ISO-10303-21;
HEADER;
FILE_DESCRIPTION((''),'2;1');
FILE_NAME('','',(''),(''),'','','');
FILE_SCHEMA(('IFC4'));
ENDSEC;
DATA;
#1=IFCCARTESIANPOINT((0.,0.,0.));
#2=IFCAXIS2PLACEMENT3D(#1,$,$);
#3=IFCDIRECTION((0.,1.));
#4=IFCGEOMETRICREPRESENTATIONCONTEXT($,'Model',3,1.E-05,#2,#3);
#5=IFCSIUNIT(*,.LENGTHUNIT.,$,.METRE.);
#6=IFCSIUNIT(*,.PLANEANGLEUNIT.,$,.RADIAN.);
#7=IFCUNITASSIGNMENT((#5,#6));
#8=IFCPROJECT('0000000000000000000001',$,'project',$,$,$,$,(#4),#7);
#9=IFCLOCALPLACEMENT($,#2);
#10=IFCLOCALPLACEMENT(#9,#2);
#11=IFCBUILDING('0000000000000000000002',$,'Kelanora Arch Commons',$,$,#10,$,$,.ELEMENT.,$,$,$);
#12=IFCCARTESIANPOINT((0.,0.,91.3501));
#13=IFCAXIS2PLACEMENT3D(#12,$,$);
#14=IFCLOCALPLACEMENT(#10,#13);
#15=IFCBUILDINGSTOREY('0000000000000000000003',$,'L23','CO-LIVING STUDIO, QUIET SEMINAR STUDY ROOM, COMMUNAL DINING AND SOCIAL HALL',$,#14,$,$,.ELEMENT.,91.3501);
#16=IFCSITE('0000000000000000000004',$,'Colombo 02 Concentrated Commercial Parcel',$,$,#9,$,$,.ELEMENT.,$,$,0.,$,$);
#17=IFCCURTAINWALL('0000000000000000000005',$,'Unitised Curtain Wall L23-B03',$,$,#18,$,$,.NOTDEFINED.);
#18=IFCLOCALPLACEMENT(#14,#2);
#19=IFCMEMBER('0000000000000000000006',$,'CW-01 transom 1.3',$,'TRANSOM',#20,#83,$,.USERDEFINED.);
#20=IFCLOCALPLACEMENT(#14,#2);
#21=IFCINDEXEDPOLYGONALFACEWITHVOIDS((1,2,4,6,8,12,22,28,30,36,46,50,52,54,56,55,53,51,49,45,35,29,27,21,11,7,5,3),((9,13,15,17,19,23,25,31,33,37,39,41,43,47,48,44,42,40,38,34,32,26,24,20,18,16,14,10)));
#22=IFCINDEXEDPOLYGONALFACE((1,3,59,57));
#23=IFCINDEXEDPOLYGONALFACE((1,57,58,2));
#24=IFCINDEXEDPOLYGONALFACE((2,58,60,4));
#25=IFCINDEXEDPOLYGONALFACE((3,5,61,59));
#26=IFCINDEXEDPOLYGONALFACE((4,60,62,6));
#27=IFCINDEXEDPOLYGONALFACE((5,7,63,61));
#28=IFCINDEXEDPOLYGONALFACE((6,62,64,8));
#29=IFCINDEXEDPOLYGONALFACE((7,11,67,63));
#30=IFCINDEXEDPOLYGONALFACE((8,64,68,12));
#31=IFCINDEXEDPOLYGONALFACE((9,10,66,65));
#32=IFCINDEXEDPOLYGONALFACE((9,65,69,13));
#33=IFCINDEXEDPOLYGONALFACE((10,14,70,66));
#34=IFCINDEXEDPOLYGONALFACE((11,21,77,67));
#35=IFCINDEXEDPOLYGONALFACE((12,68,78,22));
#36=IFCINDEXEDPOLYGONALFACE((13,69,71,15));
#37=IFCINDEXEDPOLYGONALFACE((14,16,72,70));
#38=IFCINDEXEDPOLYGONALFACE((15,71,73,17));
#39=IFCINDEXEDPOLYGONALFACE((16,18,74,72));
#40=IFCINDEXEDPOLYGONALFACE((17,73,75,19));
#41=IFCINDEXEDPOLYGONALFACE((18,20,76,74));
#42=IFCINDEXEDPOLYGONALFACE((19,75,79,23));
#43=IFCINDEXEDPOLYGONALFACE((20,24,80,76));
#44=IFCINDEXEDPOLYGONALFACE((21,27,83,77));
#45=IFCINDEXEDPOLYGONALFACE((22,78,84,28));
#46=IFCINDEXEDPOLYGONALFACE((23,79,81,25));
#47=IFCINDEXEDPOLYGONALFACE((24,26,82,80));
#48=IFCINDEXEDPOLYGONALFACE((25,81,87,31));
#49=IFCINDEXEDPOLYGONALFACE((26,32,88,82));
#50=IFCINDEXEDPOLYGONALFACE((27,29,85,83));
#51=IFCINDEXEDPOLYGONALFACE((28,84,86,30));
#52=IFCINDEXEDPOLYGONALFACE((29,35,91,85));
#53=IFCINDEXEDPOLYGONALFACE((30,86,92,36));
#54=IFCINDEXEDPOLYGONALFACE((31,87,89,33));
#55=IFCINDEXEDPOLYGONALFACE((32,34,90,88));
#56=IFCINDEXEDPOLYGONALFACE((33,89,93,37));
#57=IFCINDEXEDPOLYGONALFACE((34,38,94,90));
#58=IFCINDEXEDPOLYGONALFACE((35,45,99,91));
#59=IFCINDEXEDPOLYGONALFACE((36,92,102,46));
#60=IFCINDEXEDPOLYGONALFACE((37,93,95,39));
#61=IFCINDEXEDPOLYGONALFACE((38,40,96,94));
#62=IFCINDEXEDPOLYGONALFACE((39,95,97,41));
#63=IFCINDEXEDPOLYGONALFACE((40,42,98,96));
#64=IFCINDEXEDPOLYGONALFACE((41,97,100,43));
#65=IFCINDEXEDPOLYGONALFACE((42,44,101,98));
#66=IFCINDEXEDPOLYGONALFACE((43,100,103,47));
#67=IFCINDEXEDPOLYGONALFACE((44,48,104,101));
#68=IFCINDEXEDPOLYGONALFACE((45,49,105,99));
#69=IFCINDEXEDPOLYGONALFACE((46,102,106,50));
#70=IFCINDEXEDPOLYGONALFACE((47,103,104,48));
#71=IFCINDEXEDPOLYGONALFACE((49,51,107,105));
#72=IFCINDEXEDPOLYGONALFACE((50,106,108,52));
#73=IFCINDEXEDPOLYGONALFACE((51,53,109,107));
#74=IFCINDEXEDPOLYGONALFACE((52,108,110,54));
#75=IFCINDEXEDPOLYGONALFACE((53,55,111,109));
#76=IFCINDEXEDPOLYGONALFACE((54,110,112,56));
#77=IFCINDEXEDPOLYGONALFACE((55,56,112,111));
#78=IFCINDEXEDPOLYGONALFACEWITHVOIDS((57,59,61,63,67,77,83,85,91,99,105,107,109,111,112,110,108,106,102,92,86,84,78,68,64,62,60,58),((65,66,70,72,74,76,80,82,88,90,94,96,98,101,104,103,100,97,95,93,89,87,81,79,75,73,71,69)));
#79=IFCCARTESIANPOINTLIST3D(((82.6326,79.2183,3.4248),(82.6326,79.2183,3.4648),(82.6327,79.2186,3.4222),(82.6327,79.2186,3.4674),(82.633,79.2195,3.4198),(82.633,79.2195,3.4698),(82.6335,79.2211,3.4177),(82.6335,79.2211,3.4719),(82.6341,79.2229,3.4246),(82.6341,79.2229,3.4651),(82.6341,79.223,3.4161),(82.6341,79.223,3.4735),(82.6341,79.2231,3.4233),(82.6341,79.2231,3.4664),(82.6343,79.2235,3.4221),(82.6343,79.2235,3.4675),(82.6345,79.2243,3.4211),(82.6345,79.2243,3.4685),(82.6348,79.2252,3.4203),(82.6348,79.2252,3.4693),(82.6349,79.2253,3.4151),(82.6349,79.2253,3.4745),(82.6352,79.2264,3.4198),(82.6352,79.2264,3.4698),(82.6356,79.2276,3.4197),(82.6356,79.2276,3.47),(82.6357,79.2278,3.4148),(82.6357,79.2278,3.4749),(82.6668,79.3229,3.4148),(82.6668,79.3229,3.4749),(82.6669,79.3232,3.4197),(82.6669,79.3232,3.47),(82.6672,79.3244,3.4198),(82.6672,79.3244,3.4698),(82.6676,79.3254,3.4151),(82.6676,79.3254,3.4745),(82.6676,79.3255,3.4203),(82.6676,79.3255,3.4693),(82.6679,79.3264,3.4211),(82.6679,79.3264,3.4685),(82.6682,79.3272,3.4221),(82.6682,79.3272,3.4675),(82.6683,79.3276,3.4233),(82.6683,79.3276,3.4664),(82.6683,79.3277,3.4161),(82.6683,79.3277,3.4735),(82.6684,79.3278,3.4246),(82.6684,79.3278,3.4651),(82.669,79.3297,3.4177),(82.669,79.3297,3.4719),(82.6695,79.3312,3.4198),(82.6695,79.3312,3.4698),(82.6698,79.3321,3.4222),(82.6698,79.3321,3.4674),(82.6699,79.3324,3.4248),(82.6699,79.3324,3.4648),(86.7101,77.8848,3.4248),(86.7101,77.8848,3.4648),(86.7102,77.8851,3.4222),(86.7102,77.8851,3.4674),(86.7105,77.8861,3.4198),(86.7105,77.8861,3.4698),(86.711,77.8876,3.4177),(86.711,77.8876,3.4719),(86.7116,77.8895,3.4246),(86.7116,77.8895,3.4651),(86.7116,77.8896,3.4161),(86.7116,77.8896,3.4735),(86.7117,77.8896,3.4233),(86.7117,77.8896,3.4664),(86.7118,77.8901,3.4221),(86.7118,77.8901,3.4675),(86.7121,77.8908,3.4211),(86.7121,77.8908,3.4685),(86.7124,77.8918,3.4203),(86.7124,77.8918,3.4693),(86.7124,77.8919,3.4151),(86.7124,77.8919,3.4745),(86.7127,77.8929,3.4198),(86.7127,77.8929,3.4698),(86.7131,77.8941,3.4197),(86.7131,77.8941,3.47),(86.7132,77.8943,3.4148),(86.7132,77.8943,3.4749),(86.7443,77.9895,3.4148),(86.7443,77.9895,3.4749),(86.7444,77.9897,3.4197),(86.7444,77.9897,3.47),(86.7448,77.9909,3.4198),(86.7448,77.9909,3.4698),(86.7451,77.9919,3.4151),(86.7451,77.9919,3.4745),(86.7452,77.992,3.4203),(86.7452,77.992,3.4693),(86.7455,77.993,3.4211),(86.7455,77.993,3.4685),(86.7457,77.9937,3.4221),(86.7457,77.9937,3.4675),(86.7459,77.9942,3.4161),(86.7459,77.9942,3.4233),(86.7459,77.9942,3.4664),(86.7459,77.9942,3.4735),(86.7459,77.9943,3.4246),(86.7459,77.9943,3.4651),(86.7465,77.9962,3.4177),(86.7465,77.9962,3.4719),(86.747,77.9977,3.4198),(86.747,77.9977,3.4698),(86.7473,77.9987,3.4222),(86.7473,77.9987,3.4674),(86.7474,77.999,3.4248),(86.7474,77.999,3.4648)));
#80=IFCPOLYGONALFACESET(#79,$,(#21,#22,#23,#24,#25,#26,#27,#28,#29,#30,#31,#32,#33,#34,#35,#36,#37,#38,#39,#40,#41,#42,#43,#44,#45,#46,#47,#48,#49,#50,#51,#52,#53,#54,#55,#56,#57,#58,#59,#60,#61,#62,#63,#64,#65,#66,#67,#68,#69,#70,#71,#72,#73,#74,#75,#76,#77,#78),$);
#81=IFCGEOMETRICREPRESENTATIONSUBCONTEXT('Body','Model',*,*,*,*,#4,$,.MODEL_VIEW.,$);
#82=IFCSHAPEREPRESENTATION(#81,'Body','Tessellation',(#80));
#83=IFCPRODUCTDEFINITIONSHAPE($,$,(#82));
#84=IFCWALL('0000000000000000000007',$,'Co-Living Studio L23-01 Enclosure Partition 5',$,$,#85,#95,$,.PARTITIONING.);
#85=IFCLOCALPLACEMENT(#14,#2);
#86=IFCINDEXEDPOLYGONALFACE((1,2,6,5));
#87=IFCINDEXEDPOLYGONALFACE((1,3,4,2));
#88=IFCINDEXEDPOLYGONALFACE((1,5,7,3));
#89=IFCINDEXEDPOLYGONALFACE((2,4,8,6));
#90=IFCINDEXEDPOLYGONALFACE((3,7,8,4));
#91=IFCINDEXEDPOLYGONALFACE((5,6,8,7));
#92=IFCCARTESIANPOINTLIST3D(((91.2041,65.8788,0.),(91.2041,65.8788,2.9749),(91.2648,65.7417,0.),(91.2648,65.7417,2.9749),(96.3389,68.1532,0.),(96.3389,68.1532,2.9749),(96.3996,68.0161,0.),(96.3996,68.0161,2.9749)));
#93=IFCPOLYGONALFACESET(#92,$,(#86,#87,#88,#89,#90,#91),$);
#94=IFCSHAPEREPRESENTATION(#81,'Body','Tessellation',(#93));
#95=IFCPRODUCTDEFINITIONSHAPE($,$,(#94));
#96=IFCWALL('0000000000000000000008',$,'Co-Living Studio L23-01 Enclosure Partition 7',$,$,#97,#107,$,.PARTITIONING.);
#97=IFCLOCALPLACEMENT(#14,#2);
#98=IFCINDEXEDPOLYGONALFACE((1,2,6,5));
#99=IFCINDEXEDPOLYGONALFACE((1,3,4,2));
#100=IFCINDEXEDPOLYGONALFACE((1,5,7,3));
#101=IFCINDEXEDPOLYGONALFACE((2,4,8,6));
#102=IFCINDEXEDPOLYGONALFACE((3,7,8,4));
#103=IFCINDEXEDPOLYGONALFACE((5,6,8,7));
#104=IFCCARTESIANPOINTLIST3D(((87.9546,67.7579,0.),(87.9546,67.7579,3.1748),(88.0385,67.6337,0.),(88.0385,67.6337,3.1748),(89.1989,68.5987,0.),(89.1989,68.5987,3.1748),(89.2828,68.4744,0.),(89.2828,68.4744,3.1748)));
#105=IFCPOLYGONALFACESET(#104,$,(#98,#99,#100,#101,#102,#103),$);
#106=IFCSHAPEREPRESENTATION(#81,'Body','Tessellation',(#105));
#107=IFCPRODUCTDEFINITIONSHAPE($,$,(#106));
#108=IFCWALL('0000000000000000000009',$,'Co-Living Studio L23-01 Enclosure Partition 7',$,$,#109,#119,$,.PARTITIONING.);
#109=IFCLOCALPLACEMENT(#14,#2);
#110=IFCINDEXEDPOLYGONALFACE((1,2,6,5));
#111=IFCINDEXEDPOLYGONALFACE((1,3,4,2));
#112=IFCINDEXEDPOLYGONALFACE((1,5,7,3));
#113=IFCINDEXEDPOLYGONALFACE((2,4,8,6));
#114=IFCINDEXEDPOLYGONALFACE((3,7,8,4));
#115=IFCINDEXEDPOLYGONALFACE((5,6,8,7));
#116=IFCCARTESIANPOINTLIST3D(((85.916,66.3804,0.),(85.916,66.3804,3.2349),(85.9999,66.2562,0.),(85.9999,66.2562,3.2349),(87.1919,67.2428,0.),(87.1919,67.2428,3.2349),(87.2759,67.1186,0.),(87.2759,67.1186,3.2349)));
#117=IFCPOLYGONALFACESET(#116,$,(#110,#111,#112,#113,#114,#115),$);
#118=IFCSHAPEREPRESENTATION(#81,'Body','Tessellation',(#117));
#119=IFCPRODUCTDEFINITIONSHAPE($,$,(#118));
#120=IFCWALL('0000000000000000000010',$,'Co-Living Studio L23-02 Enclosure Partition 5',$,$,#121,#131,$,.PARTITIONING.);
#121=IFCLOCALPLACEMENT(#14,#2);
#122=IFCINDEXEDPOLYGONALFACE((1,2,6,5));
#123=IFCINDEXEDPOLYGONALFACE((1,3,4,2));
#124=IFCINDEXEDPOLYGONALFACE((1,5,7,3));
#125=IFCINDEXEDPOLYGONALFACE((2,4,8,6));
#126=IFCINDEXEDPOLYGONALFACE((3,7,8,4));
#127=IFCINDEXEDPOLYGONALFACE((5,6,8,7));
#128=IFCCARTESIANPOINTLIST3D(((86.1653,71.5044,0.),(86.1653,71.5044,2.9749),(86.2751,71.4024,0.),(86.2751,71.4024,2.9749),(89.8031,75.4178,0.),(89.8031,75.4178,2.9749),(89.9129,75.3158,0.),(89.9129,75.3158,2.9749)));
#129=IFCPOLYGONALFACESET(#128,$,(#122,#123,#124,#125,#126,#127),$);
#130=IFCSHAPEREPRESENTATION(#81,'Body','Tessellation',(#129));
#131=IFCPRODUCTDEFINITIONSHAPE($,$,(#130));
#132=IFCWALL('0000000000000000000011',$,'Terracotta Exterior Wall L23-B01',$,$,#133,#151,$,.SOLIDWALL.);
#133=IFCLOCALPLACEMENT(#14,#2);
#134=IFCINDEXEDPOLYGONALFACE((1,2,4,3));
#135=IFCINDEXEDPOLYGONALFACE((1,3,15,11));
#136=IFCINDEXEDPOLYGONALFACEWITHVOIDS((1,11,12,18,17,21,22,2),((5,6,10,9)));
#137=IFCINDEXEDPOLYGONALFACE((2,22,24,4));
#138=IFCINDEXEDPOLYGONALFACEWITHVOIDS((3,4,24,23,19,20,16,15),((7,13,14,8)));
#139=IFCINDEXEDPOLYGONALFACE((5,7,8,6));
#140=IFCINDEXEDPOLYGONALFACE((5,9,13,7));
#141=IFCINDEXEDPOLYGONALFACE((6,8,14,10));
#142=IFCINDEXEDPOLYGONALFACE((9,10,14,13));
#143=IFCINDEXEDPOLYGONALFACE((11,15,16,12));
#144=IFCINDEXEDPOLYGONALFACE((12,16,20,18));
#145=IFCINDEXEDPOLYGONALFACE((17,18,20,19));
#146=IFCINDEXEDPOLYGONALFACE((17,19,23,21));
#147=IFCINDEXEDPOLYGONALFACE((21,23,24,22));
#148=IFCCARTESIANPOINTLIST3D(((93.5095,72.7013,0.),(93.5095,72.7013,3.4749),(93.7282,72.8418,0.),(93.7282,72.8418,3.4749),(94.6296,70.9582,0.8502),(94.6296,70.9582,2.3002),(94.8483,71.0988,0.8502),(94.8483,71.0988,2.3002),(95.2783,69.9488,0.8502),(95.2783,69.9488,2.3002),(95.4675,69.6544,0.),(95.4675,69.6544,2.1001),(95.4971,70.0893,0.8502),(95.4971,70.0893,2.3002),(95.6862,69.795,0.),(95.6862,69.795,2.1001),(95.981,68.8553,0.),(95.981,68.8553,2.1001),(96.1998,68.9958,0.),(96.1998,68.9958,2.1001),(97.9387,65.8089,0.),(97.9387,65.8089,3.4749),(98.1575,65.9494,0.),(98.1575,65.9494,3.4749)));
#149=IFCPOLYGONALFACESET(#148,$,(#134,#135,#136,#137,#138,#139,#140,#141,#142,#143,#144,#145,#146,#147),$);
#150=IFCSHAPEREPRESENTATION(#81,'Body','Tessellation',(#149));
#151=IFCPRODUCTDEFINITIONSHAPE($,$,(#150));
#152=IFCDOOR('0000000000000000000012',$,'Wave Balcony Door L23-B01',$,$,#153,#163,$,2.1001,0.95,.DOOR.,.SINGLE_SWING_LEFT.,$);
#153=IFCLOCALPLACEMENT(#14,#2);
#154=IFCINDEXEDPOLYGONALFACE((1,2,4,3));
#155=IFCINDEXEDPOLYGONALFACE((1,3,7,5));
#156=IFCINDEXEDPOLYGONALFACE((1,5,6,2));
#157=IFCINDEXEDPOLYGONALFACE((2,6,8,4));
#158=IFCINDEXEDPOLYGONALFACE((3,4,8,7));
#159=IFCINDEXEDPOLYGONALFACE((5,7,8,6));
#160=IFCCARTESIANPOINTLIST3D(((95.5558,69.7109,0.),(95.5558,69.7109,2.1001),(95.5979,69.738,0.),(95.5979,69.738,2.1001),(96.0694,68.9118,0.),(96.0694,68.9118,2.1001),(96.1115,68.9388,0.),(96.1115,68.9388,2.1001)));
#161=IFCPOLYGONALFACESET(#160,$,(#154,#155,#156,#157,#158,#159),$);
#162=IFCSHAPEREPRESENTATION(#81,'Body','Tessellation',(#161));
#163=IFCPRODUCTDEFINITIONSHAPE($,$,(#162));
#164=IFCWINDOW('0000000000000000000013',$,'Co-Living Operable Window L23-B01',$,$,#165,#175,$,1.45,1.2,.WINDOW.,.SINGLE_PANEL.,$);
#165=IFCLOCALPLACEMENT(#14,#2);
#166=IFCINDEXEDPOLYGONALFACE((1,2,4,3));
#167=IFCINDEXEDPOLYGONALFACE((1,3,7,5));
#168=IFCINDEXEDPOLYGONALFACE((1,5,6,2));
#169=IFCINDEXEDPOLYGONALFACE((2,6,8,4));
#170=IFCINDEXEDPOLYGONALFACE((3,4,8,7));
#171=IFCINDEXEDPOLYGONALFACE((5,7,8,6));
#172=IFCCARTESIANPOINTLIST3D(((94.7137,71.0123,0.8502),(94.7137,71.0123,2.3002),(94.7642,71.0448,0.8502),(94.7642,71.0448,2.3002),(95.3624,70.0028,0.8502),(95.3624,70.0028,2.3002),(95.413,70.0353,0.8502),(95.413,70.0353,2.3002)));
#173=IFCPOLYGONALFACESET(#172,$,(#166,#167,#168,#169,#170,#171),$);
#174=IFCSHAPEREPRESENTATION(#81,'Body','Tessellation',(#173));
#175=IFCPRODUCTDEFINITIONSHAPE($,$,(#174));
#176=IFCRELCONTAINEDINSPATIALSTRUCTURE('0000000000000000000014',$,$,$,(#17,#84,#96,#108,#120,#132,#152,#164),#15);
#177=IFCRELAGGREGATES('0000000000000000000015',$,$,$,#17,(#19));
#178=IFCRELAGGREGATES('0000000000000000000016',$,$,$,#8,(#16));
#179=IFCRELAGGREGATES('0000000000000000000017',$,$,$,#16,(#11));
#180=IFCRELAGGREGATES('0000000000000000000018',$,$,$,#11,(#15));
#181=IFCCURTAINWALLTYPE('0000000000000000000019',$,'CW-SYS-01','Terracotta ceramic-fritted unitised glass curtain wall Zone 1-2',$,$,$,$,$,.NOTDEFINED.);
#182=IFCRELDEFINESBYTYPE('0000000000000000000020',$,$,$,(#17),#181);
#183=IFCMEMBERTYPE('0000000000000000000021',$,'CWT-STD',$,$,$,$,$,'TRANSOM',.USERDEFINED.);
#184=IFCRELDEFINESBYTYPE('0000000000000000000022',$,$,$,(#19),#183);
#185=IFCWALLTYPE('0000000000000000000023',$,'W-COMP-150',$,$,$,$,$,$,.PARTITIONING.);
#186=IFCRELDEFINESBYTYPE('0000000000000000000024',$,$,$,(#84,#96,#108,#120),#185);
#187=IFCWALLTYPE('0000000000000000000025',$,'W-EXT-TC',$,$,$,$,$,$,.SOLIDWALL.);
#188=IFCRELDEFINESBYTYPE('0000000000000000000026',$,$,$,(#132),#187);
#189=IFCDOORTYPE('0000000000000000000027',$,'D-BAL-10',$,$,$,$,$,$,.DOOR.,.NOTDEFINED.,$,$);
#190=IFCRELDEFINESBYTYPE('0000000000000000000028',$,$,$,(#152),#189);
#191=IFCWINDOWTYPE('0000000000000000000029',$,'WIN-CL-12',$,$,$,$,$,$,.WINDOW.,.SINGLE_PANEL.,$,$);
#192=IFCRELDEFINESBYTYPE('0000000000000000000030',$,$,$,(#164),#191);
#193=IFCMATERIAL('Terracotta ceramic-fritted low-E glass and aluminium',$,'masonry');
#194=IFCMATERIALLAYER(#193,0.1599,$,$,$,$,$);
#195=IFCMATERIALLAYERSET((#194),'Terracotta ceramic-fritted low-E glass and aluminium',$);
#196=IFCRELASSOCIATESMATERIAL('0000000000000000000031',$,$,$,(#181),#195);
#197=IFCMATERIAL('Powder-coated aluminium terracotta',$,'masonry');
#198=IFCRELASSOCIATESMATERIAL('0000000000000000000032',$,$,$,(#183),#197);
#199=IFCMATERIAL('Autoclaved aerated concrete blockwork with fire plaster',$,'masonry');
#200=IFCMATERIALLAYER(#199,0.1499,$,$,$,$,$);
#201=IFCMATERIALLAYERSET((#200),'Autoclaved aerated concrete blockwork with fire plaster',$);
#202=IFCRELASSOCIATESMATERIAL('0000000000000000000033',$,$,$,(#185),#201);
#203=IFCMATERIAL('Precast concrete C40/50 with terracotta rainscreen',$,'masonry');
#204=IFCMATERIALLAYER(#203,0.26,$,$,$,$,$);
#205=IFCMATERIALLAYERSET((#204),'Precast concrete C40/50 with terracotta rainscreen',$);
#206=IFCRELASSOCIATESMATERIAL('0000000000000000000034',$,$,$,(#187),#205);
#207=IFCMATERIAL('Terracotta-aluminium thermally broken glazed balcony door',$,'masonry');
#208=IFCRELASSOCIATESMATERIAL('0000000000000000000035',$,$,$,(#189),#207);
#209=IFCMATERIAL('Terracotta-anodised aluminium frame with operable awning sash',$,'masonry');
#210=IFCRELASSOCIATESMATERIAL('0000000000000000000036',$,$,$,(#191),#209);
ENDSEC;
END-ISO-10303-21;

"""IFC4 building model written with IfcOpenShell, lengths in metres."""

from ifc_helpers import new_model, si_unit, direction, frame, frame_2d, origin, origin_2d, place, context, subcontext, project, spatial, rectangle, hollow_rectangle, extrude, material, layer, layer_set, material_profile, profile_set, type_object, element, fill, aggregate, save


model = new_model("IFC4")

# Units and contexts
model_context = context("Model", 3, precision=1e-05, world=origin(), true_north=direction((0.0, 1.0)))
body_context = subcontext(model_context, "Body", "Model", "MODEL_VIEW")
ifc_project = project(units=[si_unit("LENGTHUNIT", "METRE"), si_unit("PLANEANGLEUNIT", "RADIAN")], contexts=[model_context])

# Site, building, storey
site_placement = place(None, origin())
site = spatial("IfcSite", under=ifc_project, at=site_placement, Name="Colombo 02 Concentrated Commercial Parcel", CompositionType="ELEMENT", RefElevation=0.0)
building_placement = place(site_placement, origin())
building = spatial("IfcBuilding", under=site, at=building_placement, Name="Kelanora Arch Commons", CompositionType="ELEMENT")
storey_placement = place(building_placement, frame((0.0, 0.0, 91.3501)))
storey = spatial("IfcBuildingStorey", under=building, at=storey_placement, Name="L23", Description="CO-LIVING STUDIO, QUIET SEMINAR STUDY ROOM, COMMUNAL DINING AND SOCIAL HALL", CompositionType="ELEMENT", Elevation=91.3501)

# Shared definitions
ifc_material_1 = material(Name="Terracotta ceramic-fritted low-E glass and aluminium", Category="masonry")
ifc_layer_1 = layer(ifc_material_1, 0.1599)
ifc_layer_set_1 = layer_set([ifc_layer_1], Name="Terracotta ceramic-fritted low-E glass and aluminium")
curtain_wall_type = type_object("IfcCurtainWallType", Name="CW-SYS-01", Description="Terracotta ceramic-fritted unitised glass curtain wall Zone 1-2", PredefinedType="NOTDEFINED", material=ifc_layer_set_1)
ifc_material_2 = material(Name="Powder-coated aluminium terracotta", Category="masonry")

# Curtain wall, member
curtain_wall_1_placement = place(storey_placement, origin())
curtain_wall_1 = element("IfcCurtainWall", 1, at=curtain_wall_1_placement, inside=storey, type_object=curtain_wall_type, Name="Unitised Curtain Wall L23-B03", PredefinedType="NOTDEFINED")
ifc_material_profile_1 = material_profile(ifc_material_2, hollow_rectangle(XDim=0.1201, YDim=0.0601, WallThickness=0.0049, InnerFilletRadius=0.0049, OuterFilletRadius=0.01, at=origin_2d()), Name="CWT120x60")
ifc_profile_set_1 = profile_set([ifc_material_profile_1], Name="Powder-coated aluminium terracotta")
member_type_1 = type_object("IfcMemberType", Name="CWT-STD", ElementType="TRANSOM", PredefinedType="USERDEFINED", material=ifc_profile_set_1)
member_1_placement = place(storey_placement, frame((86.7288, 77.9419, 3.4448), z_axis=(-0.950466, 0.310828, 0.0), x_axis=(-0.310828, -0.950466, 0.0)))
member_1 = element("IfcMember", 2, at=member_1_placement, type_object=member_type_1, Name="CW-01 transom 1.3", ObjectType="TRANSOM", PredefinedType="USERDEFINED", context=body_context, shape_type="SweptSolid", body=[
    extrude(hollow_rectangle(XDim=0.1201, YDim=0.0601, WallThickness=0.0049, InnerFilletRadius=0.0049, OuterFilletRadius=0.01, at=origin_2d()), origin(), (0.0, 0.0, 1.0), 4.29),
])
aggregate(curtain_wall_1, [member_1])

# Walls
ifc_material_3 = material(Name="Autoclaved aerated concrete blockwork with fire plaster", Category="masonry")
ifc_layer_2 = layer(ifc_material_3, 0.1499)
ifc_layer_set_2 = layer_set([ifc_layer_2], Name="Autoclaved aerated concrete blockwork with fire plaster")
wall_type_1 = type_object("IfcWallType", Name="W-COMP-150", PredefinedType="PARTITIONING", material=ifc_layer_set_2)
wall_1_placement = place(storey_placement, frame((96.3694, 68.0847, 0.0), z_axis=(0.0, 0.0, 1.0), x_axis=(-0.91432, -0.404993, 0.0)))
element("IfcWall", 3, at=wall_1_placement, inside=storey, type_object=wall_type_1, Name="Co-Living Studio L23-01 Enclosure Partition 5", PredefinedType="PARTITIONING", context=body_context, shape_type="SweptSolid", body=[
    extrude(rectangle(XDim=5.616, YDim=0.1499, at=frame_2d((2.8081, 0.0))), origin(), (0.0, 0.0, 1.0), 2.9749),
])
wall_2_placement = place(storey_placement, frame((89.241, 68.5366, 0.0), z_axis=(0.0, 0.0, 1.0), x_axis=(-0.828583, -0.559866, 0.0)))
element("IfcWall", 4, at=wall_2_placement, inside=storey, type_object=wall_type_1, Name="Co-Living Studio L23-01 Enclosure Partition 7", PredefinedType="PARTITIONING", context=body_context, shape_type="SweptSolid", body=[
    extrude(rectangle(XDim=1.5017, YDim=0.1499, at=frame_2d((0.751, 0.0))), origin(), (0.0, 0.0, 1.0), 3.1748),
])
wall_3_placement = place(storey_placement, frame((87.2339, 67.1807, 0.0), z_axis=(0.0, 0.0, 1.0), x_axis=(-0.828521, -0.559957, 0.0)))
element("IfcWall", 5, at=wall_3_placement, inside=storey, type_object=wall_type_1, Name="Co-Living Studio L23-01 Enclosure Partition 7", PredefinedType="PARTITIONING", context=body_context, shape_type="SweptSolid", body=[
    extrude(rectangle(XDim=1.54, YDim=0.1499, at=frame_2d((0.77, 0.0))), origin(), (0.0, 0.0, 1.0), 3.2349),
])
wall_4_placement = place(storey_placement, frame((89.8579, 75.3667, 0.0), z_axis=(0.0, 0.0, 1.0), x_axis=(-0.680842, -0.73243, 0.0)))
element("IfcWall", 6, at=wall_4_placement, inside=storey, type_object=wall_type_1, Name="Co-Living Studio L23-02 Enclosure Partition 5", PredefinedType="PARTITIONING", context=body_context, shape_type="SweptSolid", body=[
    extrude(rectangle(XDim=5.343, YDim=0.1499, at=frame_2d((2.6714, 0.0))), origin(), (0.0, 0.0, 1.0), 2.9749),
])

# Wall, openings, door, window
ifc_material_4 = material(Name="Precast concrete C40/50 with terracotta rainscreen", Category="masonry")
ifc_layer_3 = layer(ifc_material_4, 0.26)
ifc_layer_set_3 = layer_set([ifc_layer_3], Name="Precast concrete C40/50 with terracotta rainscreen")
wall_type_2 = type_object("IfcWallType", Name="W-EXT-TC", PredefinedType="SOLIDWALL", material=ifc_layer_set_3)
wall_5_placement = place(storey_placement, frame((98.0481, 65.8792, 0.0), z_axis=(0.0, 0.0, 1.0), x_axis=(-0.540621, 0.841267, 0.0)))
wall_5 = element("IfcWall", 7, at=wall_5_placement, inside=storey, type_object=wall_type_2, Name="Terracotta Exterior Wall L23-B01", PredefinedType="SOLIDWALL", context=body_context, shape_type="SweptSolid", body=[
    extrude(rectangle(XDim=8.1929, YDim=0.26, at=frame_2d((4.0964, 0.0))), origin(), (0.0, 0.0, 1.0), 3.4749),
])
opening_1_placement = place(wall_5_placement, frame((3.6211, 0.0, 0.0)))
opening_1 = element("IfcOpeningElement", 8, at=opening_1_placement, cuts=wall_5, PredefinedType="OPENING", context=body_context, shape_type="SweptSolid", body=[
    extrude(rectangle(XDim=0.95, YDim=2.1001, at=frame_2d((0.4751, 1.05))), frame((0.0, 0.1401, 0.0), z_axis=(0.0, -1.0, 0.0), x_axis=(1.0, 0.0, 0.0)), (0.0, 0.0, 1.0), 0.28),
])
opening_2_placement = place(wall_5_placement, frame((4.9209, 0.0, 0.8501)))
opening_2 = element("IfcOpeningElement", 9, at=opening_2_placement, cuts=wall_5, PredefinedType="OPENING", context=body_context, shape_type="SweptSolid", body=[
    extrude(rectangle(XDim=1.2, YDim=1.45, at=frame_2d((0.6001, 0.7251))), frame((0.0, 0.1401, 0.0), z_axis=(0.0, -1.0, 0.0), x_axis=(1.0, 0.0, 0.0)), (0.0, 0.0, 1.0), 0.28),
])
ifc_material_5 = material(Name="Terracotta-aluminium thermally broken glazed balcony door", Category="masonry")
door_type = type_object("IfcDoorType", Name="D-BAL-10", OperationType="NOTDEFINED", PredefinedType="DOOR", material=ifc_material_5)
door_1_placement = place(opening_1_placement, frame((0.95, 0.0, 0.0), z_axis=(0.0, 0.0, 1.0), x_axis=(-1.0, 0.0, 0.0)))
door_1 = element("IfcDoor", 10, at=door_1_placement, inside=storey, type_object=door_type, Name="Wave Balcony Door L23-B01", OperationType="SINGLE_SWING_LEFT", OverallHeight=2.1001, OverallWidth=0.95, PredefinedType="DOOR", context=body_context, shape_type="SweptSolid", body=[
    extrude(rectangle(XDim=0.95, YDim=2.1001, at=frame_2d((0.4751, 1.05))), frame((0.0, 0.0249, 0.0), z_axis=(0.0, -1.0, 0.0), x_axis=(1.0, 0.0, 0.0)), (0.0, 0.0, 1.0), 0.05),
])
fill(opening_1, door_1)
ifc_material_6 = material(Name="Terracotta-anodised aluminium frame with operable awning sash", Category="masonry")
window_type = type_object("IfcWindowType", Name="WIN-CL-12", PartitioningType="SINGLE_PANEL", PredefinedType="WINDOW", material=ifc_material_6)
window_1_placement = place(opening_2_placement, origin())
window_1 = element("IfcWindow", 11, at=window_1_placement, inside=storey, type_object=window_type, Name="Co-Living Operable Window L23-B01", OverallHeight=1.45, OverallWidth=1.2, PartitioningType="SINGLE_PANEL", PredefinedType="WINDOW", context=body_context, shape_type="SweptSolid", body=[
    extrude(rectangle(XDim=1.2, YDim=1.45, at=frame_2d((0.6001, 0.7251))), frame((0.0, 0.03, 0.0), z_axis=(0.0, -1.0, 0.0), x_axis=(1.0, 0.0, 0.0)), (0.0, 0.0, 1.0), 0.0601),
])
fill(opening_2, window_1)

save(model, "model.ifc")
